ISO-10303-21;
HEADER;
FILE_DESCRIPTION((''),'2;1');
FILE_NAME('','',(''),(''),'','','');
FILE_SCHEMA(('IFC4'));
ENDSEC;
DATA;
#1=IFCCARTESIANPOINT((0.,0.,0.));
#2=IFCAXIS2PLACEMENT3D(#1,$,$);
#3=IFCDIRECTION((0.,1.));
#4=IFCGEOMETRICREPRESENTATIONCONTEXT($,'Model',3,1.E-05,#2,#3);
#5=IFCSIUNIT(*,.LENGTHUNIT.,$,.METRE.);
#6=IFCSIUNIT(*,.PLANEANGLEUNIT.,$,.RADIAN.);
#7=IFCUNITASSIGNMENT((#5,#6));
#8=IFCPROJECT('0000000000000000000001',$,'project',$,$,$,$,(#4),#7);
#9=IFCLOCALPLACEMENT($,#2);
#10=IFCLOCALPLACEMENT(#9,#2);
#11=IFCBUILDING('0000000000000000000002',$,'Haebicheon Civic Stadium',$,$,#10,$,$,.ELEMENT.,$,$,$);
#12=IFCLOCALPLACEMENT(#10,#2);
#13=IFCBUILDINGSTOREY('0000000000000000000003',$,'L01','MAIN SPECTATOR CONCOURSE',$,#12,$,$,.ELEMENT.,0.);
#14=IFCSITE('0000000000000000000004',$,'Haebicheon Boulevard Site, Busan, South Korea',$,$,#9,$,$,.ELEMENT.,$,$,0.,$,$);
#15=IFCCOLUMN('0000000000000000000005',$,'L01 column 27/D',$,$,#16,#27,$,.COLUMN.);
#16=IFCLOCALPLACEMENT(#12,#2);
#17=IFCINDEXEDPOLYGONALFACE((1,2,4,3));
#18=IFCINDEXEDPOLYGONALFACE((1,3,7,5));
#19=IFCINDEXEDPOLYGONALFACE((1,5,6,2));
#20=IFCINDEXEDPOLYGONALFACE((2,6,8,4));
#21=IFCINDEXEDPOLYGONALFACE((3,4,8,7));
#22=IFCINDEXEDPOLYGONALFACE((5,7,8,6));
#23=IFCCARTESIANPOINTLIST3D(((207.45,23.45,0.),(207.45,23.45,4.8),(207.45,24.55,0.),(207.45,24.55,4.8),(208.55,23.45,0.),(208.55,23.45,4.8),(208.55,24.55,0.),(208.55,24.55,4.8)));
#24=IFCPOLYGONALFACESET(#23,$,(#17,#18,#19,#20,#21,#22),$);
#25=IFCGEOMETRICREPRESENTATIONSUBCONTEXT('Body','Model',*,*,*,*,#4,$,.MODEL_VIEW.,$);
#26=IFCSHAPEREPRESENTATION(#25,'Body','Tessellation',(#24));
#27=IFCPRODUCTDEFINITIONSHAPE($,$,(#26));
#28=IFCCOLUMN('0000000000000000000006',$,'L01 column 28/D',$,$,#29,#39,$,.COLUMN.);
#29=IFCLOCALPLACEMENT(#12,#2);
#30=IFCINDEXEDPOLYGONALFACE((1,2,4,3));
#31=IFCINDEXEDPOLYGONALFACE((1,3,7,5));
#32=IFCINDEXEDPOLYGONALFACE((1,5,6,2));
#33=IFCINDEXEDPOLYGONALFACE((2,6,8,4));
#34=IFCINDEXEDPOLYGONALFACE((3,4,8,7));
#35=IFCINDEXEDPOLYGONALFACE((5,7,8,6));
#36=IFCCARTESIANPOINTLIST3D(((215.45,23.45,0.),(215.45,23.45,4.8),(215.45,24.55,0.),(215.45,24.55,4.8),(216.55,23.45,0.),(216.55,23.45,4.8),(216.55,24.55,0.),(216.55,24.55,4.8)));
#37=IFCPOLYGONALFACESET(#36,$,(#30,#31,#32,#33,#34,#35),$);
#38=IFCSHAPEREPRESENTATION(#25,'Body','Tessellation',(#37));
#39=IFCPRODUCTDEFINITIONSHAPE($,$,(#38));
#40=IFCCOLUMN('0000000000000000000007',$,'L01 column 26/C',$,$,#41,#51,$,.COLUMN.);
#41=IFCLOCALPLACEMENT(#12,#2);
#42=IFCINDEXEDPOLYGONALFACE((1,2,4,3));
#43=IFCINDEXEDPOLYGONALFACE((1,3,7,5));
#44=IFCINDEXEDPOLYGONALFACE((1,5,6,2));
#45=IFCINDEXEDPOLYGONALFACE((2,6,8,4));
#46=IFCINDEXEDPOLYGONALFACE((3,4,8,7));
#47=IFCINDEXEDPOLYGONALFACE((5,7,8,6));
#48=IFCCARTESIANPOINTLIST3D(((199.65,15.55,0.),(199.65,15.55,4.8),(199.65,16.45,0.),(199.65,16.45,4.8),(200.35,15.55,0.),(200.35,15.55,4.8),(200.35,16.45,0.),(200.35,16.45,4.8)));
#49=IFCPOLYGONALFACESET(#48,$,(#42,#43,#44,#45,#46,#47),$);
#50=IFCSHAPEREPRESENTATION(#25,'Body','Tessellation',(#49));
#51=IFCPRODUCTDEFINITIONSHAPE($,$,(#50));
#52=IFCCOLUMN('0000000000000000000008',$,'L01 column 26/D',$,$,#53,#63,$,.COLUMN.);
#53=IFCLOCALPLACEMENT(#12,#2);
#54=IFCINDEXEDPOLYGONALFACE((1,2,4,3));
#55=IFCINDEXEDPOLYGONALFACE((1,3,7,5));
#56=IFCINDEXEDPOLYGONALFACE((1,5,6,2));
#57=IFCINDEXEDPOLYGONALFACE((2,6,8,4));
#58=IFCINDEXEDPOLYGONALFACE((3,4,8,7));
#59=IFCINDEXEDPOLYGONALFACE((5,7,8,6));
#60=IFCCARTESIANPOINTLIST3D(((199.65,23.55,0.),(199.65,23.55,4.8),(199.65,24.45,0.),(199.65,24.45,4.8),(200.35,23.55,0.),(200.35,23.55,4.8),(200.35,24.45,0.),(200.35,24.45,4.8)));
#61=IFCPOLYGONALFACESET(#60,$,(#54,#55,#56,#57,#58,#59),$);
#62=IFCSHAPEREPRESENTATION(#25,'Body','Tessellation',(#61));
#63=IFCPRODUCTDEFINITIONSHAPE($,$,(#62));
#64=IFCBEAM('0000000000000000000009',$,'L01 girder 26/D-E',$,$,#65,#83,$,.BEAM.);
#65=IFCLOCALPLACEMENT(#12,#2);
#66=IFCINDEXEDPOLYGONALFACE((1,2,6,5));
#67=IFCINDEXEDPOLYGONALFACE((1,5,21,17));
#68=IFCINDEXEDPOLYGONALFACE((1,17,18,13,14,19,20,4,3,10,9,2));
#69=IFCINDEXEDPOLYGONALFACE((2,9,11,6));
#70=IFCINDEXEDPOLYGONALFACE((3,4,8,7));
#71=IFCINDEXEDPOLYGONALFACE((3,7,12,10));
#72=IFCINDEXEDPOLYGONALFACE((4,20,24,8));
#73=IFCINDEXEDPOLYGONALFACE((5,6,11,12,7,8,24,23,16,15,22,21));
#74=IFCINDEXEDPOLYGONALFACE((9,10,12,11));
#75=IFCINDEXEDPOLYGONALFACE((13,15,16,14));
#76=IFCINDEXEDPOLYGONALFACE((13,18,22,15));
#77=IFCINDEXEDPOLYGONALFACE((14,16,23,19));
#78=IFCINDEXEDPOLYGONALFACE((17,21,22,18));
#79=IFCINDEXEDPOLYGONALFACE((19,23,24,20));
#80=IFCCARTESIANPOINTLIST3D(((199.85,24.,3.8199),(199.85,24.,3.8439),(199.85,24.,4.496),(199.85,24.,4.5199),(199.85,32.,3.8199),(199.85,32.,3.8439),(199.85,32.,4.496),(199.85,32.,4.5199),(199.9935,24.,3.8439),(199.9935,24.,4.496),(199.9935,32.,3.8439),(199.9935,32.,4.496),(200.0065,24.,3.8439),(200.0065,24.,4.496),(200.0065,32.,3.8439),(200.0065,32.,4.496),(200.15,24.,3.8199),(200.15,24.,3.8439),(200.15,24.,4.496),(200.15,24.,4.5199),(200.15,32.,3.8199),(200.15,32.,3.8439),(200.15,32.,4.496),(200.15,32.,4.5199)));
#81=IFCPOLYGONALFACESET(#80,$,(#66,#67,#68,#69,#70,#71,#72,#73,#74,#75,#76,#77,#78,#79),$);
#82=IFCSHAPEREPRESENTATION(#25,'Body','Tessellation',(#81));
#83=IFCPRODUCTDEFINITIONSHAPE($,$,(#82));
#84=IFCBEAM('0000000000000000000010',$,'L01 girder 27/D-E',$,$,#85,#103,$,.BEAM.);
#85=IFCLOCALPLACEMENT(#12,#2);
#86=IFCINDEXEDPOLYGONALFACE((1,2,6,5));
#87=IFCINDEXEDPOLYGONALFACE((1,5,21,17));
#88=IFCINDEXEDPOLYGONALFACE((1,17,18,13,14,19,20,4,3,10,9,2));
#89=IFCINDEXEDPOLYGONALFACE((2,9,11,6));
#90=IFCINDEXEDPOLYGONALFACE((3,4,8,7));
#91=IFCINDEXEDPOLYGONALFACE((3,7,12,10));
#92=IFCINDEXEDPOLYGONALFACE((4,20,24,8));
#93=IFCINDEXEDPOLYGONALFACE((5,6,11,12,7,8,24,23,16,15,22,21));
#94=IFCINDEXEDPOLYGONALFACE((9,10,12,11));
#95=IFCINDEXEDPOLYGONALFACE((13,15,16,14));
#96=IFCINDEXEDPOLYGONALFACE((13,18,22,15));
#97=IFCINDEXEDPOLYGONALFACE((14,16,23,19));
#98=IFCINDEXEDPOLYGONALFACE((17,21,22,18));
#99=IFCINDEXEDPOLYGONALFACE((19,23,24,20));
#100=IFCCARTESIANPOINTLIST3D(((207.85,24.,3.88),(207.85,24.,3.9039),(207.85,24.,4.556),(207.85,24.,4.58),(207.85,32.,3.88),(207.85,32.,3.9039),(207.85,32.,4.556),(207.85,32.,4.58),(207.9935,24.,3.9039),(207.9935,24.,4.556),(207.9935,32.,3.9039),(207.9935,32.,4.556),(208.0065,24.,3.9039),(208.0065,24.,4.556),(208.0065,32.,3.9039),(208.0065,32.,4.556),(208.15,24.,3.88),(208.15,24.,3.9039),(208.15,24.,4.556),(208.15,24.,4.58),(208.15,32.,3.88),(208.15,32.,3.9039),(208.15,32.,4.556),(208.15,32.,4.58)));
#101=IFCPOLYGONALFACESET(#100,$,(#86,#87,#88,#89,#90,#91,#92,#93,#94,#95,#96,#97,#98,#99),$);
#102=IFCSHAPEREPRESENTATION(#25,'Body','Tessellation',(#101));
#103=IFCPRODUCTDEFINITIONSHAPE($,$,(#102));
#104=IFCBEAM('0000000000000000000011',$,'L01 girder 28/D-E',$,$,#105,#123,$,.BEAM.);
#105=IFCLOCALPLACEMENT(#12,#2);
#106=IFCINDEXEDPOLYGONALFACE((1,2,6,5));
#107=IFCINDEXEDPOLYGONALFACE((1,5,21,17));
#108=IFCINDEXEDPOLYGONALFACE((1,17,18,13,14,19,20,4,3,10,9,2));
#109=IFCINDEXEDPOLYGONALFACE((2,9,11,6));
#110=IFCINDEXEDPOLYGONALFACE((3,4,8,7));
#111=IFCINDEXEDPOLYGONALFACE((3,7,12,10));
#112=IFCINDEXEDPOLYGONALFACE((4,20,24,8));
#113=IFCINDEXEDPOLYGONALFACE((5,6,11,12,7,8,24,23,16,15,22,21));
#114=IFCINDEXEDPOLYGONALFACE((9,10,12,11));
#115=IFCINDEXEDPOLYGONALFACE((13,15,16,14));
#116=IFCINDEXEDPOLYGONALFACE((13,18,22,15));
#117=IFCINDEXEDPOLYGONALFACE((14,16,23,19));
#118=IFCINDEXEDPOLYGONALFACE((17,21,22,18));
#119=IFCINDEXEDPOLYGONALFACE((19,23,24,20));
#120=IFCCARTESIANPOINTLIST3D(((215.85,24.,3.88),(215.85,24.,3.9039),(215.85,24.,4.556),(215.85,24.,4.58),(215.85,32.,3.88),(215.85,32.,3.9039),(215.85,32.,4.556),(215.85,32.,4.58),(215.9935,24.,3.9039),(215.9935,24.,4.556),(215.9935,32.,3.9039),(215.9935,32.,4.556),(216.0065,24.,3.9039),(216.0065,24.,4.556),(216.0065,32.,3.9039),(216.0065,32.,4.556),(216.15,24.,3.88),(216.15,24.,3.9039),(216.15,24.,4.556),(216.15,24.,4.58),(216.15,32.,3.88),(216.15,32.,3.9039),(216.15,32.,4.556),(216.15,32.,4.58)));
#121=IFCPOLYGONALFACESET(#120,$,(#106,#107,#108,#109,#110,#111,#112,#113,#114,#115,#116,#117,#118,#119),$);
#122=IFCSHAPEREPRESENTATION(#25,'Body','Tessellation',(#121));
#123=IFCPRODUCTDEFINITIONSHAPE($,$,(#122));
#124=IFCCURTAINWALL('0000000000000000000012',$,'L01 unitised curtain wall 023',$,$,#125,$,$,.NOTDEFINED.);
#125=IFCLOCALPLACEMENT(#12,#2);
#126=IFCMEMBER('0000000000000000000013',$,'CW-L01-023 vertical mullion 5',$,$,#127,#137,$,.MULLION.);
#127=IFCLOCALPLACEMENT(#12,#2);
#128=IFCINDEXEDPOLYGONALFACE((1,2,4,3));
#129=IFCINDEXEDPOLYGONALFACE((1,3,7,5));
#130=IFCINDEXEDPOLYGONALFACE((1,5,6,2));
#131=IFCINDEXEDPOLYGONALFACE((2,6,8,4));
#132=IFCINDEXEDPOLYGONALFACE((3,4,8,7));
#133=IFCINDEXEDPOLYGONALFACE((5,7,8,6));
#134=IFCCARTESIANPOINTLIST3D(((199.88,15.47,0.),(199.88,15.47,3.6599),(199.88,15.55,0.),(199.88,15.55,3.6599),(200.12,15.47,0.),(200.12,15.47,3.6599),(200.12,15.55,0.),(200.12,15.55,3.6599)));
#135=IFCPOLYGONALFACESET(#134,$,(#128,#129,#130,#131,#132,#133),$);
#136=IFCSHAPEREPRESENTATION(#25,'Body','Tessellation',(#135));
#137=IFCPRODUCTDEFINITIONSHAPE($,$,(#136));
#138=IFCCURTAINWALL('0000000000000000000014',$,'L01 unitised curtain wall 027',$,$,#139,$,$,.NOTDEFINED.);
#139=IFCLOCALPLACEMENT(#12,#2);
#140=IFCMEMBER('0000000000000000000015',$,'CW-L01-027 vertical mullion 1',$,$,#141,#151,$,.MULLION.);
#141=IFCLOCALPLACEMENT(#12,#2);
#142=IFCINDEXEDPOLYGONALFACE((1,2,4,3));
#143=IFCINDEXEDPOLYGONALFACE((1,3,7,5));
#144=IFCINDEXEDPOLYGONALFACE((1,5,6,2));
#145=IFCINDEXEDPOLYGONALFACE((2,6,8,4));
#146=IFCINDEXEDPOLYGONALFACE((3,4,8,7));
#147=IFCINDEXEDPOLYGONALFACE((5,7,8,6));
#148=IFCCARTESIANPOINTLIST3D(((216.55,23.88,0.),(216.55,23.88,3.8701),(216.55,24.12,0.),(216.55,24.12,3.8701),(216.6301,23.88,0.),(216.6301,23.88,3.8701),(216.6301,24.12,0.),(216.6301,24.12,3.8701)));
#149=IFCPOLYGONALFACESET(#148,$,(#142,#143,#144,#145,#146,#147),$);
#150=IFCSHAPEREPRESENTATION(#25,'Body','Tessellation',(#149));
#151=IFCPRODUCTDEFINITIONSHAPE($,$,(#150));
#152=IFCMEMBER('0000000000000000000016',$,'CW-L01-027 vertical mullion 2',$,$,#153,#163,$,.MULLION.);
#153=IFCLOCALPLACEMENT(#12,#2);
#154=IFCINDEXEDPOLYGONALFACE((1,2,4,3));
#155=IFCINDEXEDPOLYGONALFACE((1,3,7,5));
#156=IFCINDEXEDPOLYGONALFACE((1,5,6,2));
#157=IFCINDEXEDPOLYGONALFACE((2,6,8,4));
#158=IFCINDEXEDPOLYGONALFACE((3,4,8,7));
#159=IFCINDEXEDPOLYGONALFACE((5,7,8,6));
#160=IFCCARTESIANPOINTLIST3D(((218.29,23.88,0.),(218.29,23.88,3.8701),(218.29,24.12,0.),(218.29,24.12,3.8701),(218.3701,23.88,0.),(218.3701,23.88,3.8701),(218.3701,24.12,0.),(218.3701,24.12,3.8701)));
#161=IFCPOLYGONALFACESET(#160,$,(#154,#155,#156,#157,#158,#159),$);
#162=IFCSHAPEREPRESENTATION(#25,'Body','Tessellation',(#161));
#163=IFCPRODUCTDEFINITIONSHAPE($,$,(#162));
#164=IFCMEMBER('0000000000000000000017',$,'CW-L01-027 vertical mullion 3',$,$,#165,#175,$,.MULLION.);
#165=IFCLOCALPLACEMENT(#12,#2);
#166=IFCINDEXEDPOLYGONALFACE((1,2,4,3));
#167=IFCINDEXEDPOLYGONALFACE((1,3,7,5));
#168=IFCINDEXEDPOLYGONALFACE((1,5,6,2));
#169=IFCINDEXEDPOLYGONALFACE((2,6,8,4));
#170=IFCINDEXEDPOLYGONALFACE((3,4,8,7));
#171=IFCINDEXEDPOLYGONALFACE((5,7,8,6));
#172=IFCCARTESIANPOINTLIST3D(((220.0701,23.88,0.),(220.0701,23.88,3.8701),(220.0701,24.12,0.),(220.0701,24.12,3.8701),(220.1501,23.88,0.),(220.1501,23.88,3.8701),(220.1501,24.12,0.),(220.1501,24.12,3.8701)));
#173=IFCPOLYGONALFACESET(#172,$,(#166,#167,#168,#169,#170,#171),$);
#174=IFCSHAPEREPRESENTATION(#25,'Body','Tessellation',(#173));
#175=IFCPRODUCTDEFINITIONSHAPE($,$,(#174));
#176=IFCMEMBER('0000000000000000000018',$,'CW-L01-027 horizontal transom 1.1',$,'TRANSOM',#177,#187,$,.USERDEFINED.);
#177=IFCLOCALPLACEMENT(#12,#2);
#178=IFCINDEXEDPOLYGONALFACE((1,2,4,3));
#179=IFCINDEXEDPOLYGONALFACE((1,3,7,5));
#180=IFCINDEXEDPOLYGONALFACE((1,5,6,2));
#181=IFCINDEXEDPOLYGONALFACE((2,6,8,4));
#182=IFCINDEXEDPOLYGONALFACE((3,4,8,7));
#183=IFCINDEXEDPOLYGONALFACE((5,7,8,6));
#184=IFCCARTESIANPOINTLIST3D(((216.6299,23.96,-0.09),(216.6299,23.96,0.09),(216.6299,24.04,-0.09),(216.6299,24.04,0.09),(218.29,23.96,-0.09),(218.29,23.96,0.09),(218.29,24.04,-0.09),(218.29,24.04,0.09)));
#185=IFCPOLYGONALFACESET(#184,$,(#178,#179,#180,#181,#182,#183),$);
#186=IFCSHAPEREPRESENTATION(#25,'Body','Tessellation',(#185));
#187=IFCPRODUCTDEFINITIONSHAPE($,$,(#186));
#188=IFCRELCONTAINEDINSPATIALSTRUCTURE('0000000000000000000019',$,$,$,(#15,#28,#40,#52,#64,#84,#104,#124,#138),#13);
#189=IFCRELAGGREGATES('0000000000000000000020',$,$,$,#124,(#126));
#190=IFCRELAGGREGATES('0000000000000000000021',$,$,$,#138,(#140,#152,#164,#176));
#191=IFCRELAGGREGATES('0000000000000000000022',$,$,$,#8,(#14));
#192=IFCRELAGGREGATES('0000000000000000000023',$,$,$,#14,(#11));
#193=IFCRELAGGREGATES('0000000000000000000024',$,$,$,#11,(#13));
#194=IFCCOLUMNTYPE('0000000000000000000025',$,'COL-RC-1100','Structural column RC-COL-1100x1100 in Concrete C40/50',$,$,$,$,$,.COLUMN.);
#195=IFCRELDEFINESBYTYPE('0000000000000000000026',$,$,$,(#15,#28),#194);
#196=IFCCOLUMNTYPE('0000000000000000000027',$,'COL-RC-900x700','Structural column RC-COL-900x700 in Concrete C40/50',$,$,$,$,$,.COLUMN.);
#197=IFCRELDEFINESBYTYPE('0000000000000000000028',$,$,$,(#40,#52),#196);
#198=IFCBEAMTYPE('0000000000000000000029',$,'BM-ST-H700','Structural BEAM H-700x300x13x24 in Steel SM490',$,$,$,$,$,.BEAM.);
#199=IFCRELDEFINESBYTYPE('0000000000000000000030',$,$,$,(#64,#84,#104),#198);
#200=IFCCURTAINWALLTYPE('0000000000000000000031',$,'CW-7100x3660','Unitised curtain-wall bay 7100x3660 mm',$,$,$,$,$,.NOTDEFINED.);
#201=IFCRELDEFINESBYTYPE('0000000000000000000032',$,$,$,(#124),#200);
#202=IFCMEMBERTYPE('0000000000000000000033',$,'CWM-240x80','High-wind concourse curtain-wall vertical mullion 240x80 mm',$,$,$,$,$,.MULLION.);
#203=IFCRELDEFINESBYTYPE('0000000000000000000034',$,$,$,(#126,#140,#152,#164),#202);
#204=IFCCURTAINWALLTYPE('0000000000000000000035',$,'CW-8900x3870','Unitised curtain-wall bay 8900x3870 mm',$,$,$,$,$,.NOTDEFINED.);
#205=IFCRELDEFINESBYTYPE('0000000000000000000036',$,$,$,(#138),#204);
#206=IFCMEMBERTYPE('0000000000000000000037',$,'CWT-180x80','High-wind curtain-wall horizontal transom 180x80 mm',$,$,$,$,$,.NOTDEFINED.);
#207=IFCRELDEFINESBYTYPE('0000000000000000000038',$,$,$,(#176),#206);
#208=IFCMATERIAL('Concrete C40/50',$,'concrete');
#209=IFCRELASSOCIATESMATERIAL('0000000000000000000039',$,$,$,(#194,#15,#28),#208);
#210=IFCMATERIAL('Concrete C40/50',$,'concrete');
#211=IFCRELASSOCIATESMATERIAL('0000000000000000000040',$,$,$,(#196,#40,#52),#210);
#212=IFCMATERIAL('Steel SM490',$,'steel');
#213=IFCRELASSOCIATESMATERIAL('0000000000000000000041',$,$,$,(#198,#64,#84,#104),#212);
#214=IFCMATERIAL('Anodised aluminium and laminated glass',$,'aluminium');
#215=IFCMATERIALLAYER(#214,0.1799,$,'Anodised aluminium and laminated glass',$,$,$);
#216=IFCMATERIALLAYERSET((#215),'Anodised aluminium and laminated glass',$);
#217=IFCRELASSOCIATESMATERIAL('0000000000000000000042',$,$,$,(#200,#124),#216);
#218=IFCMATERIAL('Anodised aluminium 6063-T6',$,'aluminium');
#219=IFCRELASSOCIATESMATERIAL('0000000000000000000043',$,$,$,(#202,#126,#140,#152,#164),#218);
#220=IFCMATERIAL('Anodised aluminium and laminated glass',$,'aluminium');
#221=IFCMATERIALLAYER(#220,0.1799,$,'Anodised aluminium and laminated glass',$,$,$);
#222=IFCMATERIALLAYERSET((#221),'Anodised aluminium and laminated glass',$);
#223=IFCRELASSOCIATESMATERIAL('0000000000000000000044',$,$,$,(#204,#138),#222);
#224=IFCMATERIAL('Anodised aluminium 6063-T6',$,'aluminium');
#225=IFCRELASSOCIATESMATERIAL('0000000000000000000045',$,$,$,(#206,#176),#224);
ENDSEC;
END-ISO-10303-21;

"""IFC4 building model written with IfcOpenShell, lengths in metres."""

from ifc_helpers import new_model, si_unit, direction, frame, origin, origin_2d, place, context, subcontext, project, spatial, rectangle, i_section, extrude, material, layer, layer_set, material_profile, profile_set, type_object, element, aggregate, save


model = new_model("IFC4")

# Units and contexts
model_context = context("Model", 3, precision=1e-05, world=origin(), true_north=direction((0.0, 1.0)))
body_context = subcontext(model_context, "Body", "Model", "MODEL_VIEW")
ifc_project = project(units=[si_unit("LENGTHUNIT", "METRE"), si_unit("PLANEANGLEUNIT", "RADIAN")], contexts=[model_context])

# Site, building, storey
site_placement = place(None, origin())
site = spatial("IfcSite", under=ifc_project, at=site_placement, Name="Haebicheon Boulevard Site, Busan, South Korea", CompositionType="ELEMENT", RefElevation=0.0)
building_placement = place(site_placement, origin())
building = spatial("IfcBuilding", under=site, at=building_placement, Name="Haebicheon Civic Stadium", CompositionType="ELEMENT")
storey_placement = place(building_placement, origin())
storey = spatial("IfcBuildingStorey", under=building, at=storey_placement, Name="L01", Description="MAIN SPECTATOR CONCOURSE", CompositionType="ELEMENT", Elevation=0.0)

# Columns
ifc_material_1 = material(Name="Concrete C40/50", Category="concrete")
ifc_material_profile_1 = material_profile(ifc_material_1, rectangle(XDim=1.1001, YDim=1.1001, at=origin_2d()), Name="RC-COL-1100x1100")
ifc_profile_set_1 = profile_set([ifc_material_profile_1], Name="Concrete C40/50")
column_type_1 = type_object("IfcColumnType", Name="COL-RC-1100", Description="Structural column RC-COL-1100x1100 in Concrete C40/50", PredefinedType="COLUMN", material=ifc_profile_set_1)
for number, where, z_axis, x_axis, name in (
    (1, (208.0, 24.0, 0.0), (0.0, 0.0, 1.0), (1.0, 0.0, 0.0), "L01 column 27/D"),
    (2, (216.0, 24.0, 0.0), (0.0, 0.0, 1.0), (1.0, 0.0, 0.0), "L01 column 28/D"),
):
    element("IfcColumn", number, at=place(storey_placement, frame(where, z_axis=z_axis, x_axis=x_axis)), inside=storey, type_object=column_type_1, material=ifc_profile_set_1, Name=name, PredefinedType="COLUMN", context=body_context, shape_type="SweptSolid", body=[
        extrude(rectangle(XDim=1.1001, YDim=1.1001, at=origin_2d()), origin(), (0.0, 0.0, 1.0), 4.8),
    ])
ifc_material_2 = material(Name="Concrete C40/50", Category="concrete")
ifc_material_profile_2 = material_profile(ifc_material_2, rectangle(XDim=0.7, YDim=0.8999, at=origin_2d()), Name="RC-COL-900x700")
ifc_profile_set_2 = profile_set([ifc_material_profile_2], Name="Concrete C40/50")
column_type_2 = type_object("IfcColumnType", Name="COL-RC-900x700", Description="Structural column RC-COL-900x700 in Concrete C40/50", PredefinedType="COLUMN", material=ifc_profile_set_2)
for number, where, z_axis, x_axis, name in (
    (3, (200.0, 16.0, 0.0), (0.0, 0.0, 1.0), (1.0, 0.0, 0.0), "L01 column 26/C"),
    (4, (200.0, 24.0, 0.0), (0.0, 0.0, 1.0), (1.0, 0.0, 0.0), "L01 column 26/D"),
):
    element("IfcColumn", number, at=place(storey_placement, frame(where, z_axis=z_axis, x_axis=x_axis)), inside=storey, type_object=column_type_2, material=ifc_profile_set_2, Name=name, PredefinedType="COLUMN", context=body_context, shape_type="SweptSolid", body=[
        extrude(rectangle(XDim=0.7, YDim=0.8999, at=origin_2d()), origin(), (0.0, 0.0, 1.0), 4.8),
    ])

# Beams
ifc_material_3 = material(Name="Steel SM490", Category="steel")
ifc_material_profile_3 = material_profile(ifc_material_3, i_section(OverallWidth=0.3, OverallDepth=0.7, WebThickness=0.0129, FlangeThickness=0.0239, at=origin_2d()), Name="H-700x300x13x24")
ifc_profile_set_3 = profile_set([ifc_material_profile_3], Name="Steel SM490")
beam_type_1 = type_object("IfcBeamType", Name="BM-ST-H700", Description="Structural BEAM H-700x300x13x24 in Steel SM490", PredefinedType="BEAM", material=ifc_profile_set_3)
for number, where, z_axis, x_axis, name in (
    (5, (200.0, 24.0, 4.1699), (0.0, 1.0, 0.0), (-1.0, 0.0, 0.0), "L01 girder 26/D-E"),
    (6, (208.0, 24.0, 4.23), (0.0, 1.0, 0.0), (-1.0, 0.0, 0.0), "L01 girder 27/D-E"),
    (7, (216.0, 24.0, 4.23), (0.0, 1.0, 0.0), (-1.0, 0.0, 0.0), "L01 girder 28/D-E"),
):
    element("IfcBeam", number, at=place(storey_placement, frame(where, z_axis=z_axis, x_axis=x_axis)), inside=storey, type_object=beam_type_1, material=ifc_profile_set_3, Name=name, PredefinedType="BEAM", context=body_context, shape_type="SweptSolid", body=[
        extrude(i_section(OverallWidth=0.3, OverallDepth=0.7, WebThickness=0.0129, FlangeThickness=0.0239, at=origin_2d()), origin(), (0.0, 0.0, 1.0), 8.0),
    ])

# Curtain wall, member
ifc_material_4 = material(Name="Anodised aluminium and laminated glass", Category="aluminium")
ifc_layer_1 = layer(ifc_material_4, 0.1799, Name="Anodised aluminium and laminated glass")
ifc_layer_set_1 = layer_set([ifc_layer_1], Name="Anodised aluminium and laminated glass")
curtain_wall_type_1 = type_object("IfcCurtainWallType", Name="CW-7100x3660", Description="Unitised curtain-wall bay 7100x3660 mm", PredefinedType="NOTDEFINED", material=ifc_layer_set_1)
curtain_wall_1_placement = place(storey_placement, origin())
curtain_wall_1 = element("IfcCurtainWall", 8, at=curtain_wall_1_placement, inside=storey, type_object=curtain_wall_type_1, material=ifc_layer_set_1, Name="L01 unitised curtain wall 023", PredefinedType="NOTDEFINED")
ifc_material_5 = material(Name="Anodised aluminium 6063-T6", Category="aluminium")
ifc_material_profile_4 = material_profile(ifc_material_5, rectangle(XDim=0.0801, YDim=0.24, at=origin_2d()), Name="ALU-MULL-80x240")
ifc_profile_set_4 = profile_set([ifc_material_profile_4], Name="Anodised aluminium 6063-T6")
member_type_1 = type_object("IfcMemberType", Name="CWM-240x80", Description="High-wind concourse curtain-wall vertical mullion 240x80 mm", PredefinedType="MULLION", material=ifc_profile_set_4)
member_1_placement = place(storey_placement, frame((200.0, 15.51, 0.0), z_axis=(0.0, 0.0, 1.0), x_axis=(0.0, 1.0, 0.0)))
member_1 = element("IfcMember", 9, at=member_1_placement, type_object=member_type_1, material=ifc_profile_set_4, Name="CW-L01-023 vertical mullion 5", PredefinedType="MULLION", context=body_context, shape_type="SweptSolid", body=[
    extrude(rectangle(XDim=0.0801, YDim=0.24, at=origin_2d()), origin(), (0.0, 0.0, 1.0), 3.6599),
])

# Curtain wall, members
ifc_material_6 = material(Name="Anodised aluminium and laminated glass", Category="aluminium")
ifc_layer_2 = layer(ifc_material_6, 0.1799, Name="Anodised aluminium and laminated glass")
ifc_layer_set_2 = layer_set([ifc_layer_2], Name="Anodised aluminium and laminated glass")
curtain_wall_type_2 = type_object("IfcCurtainWallType", Name="CW-8900x3870", Description="Unitised curtain-wall bay 8900x3870 mm", PredefinedType="NOTDEFINED", material=ifc_layer_set_2)
curtain_wall_2_placement = place(storey_placement, origin())
curtain_wall_2 = element("IfcCurtainWall", 10, at=curtain_wall_2_placement, inside=storey, type_object=curtain_wall_type_2, material=ifc_layer_set_2, Name="L01 unitised curtain wall 027", PredefinedType="NOTDEFINED")
member_2_placement = place(storey_placement, frame((216.5901, 24.0, 0.0), z_axis=(0.0, 0.0, 1.0), x_axis=(1.0, 0.0, 0.0)))
member_2 = element("IfcMember", 11, at=member_2_placement, type_object=member_type_1, material=ifc_profile_set_4, Name="CW-L01-027 vertical mullion 1", PredefinedType="MULLION", context=body_context, shape_type="SweptSolid", body=[
    extrude(rectangle(XDim=0.0801, YDim=0.24, at=origin_2d()), origin(), (0.0, 0.0, 1.0), 3.8701),
])
member_3_placement = place(storey_placement, frame((218.3301, 24.0, 0.0), z_axis=(0.0, 0.0, 1.0), x_axis=(1.0, 0.0, 0.0)))
member_3 = element("IfcMember", 12, at=member_3_placement, type_object=member_type_1, material=ifc_profile_set_4, Name="CW-L01-027 vertical mullion 2", PredefinedType="MULLION", context=body_context, shape_type="SweptSolid", body=[
    extrude(rectangle(XDim=0.0801, YDim=0.24, at=origin_2d()), origin(), (0.0, 0.0, 1.0), 3.8701),
])
member_4_placement = place(storey_placement, frame((220.1101, 24.0, 0.0), z_axis=(0.0, 0.0, 1.0), x_axis=(1.0, 0.0, 0.0)))
member_4 = element("IfcMember", 13, at=member_4_placement, type_object=member_type_1, material=ifc_profile_set_4, Name="CW-L01-027 vertical mullion 3", PredefinedType="MULLION", context=body_context, shape_type="SweptSolid", body=[
    extrude(rectangle(XDim=0.0801, YDim=0.24, at=origin_2d()), origin(), (0.0, 0.0, 1.0), 3.8701),
])
ifc_material_7 = material(Name="Anodised aluminium 6063-T6", Category="aluminium")
ifc_material_profile_5 = material_profile(ifc_material_7, rectangle(XDim=0.0801, YDim=0.1799, at=origin_2d()), Name="ALU-TRAN-80x180")
ifc_profile_set_5 = profile_set([ifc_material_profile_5], Name="Anodised aluminium 6063-T6")
member_type_2 = type_object("IfcMemberType", Name="CWT-180x80", Description="High-wind curtain-wall horizontal transom 180x80 mm", PredefinedType="NOTDEFINED", material=ifc_profile_set_5)
member_5_placement = place(storey_placement, frame((216.6299, 24.0, 0.0), z_axis=(1.0, 0.0, 0.0), x_axis=(0.0, 1.0, 0.0)))
member_5 = element("IfcMember", 14, at=member_5_placement, type_object=member_type_2, material=ifc_profile_set_5, Name="CW-L01-027 horizontal transom 1.1", ObjectType="TRANSOM", PredefinedType="USERDEFINED", context=body_context, shape_type="SweptSolid", body=[
    extrude(rectangle(XDim=0.0801, YDim=0.1799, at=origin_2d()), origin(), (0.0, 0.0, 1.0), 1.6602),
])

aggregate(curtain_wall_1, [member_1])
aggregate(curtain_wall_2, [member_2, member_3, member_4, member_5])

save(model, "model.ifc")
